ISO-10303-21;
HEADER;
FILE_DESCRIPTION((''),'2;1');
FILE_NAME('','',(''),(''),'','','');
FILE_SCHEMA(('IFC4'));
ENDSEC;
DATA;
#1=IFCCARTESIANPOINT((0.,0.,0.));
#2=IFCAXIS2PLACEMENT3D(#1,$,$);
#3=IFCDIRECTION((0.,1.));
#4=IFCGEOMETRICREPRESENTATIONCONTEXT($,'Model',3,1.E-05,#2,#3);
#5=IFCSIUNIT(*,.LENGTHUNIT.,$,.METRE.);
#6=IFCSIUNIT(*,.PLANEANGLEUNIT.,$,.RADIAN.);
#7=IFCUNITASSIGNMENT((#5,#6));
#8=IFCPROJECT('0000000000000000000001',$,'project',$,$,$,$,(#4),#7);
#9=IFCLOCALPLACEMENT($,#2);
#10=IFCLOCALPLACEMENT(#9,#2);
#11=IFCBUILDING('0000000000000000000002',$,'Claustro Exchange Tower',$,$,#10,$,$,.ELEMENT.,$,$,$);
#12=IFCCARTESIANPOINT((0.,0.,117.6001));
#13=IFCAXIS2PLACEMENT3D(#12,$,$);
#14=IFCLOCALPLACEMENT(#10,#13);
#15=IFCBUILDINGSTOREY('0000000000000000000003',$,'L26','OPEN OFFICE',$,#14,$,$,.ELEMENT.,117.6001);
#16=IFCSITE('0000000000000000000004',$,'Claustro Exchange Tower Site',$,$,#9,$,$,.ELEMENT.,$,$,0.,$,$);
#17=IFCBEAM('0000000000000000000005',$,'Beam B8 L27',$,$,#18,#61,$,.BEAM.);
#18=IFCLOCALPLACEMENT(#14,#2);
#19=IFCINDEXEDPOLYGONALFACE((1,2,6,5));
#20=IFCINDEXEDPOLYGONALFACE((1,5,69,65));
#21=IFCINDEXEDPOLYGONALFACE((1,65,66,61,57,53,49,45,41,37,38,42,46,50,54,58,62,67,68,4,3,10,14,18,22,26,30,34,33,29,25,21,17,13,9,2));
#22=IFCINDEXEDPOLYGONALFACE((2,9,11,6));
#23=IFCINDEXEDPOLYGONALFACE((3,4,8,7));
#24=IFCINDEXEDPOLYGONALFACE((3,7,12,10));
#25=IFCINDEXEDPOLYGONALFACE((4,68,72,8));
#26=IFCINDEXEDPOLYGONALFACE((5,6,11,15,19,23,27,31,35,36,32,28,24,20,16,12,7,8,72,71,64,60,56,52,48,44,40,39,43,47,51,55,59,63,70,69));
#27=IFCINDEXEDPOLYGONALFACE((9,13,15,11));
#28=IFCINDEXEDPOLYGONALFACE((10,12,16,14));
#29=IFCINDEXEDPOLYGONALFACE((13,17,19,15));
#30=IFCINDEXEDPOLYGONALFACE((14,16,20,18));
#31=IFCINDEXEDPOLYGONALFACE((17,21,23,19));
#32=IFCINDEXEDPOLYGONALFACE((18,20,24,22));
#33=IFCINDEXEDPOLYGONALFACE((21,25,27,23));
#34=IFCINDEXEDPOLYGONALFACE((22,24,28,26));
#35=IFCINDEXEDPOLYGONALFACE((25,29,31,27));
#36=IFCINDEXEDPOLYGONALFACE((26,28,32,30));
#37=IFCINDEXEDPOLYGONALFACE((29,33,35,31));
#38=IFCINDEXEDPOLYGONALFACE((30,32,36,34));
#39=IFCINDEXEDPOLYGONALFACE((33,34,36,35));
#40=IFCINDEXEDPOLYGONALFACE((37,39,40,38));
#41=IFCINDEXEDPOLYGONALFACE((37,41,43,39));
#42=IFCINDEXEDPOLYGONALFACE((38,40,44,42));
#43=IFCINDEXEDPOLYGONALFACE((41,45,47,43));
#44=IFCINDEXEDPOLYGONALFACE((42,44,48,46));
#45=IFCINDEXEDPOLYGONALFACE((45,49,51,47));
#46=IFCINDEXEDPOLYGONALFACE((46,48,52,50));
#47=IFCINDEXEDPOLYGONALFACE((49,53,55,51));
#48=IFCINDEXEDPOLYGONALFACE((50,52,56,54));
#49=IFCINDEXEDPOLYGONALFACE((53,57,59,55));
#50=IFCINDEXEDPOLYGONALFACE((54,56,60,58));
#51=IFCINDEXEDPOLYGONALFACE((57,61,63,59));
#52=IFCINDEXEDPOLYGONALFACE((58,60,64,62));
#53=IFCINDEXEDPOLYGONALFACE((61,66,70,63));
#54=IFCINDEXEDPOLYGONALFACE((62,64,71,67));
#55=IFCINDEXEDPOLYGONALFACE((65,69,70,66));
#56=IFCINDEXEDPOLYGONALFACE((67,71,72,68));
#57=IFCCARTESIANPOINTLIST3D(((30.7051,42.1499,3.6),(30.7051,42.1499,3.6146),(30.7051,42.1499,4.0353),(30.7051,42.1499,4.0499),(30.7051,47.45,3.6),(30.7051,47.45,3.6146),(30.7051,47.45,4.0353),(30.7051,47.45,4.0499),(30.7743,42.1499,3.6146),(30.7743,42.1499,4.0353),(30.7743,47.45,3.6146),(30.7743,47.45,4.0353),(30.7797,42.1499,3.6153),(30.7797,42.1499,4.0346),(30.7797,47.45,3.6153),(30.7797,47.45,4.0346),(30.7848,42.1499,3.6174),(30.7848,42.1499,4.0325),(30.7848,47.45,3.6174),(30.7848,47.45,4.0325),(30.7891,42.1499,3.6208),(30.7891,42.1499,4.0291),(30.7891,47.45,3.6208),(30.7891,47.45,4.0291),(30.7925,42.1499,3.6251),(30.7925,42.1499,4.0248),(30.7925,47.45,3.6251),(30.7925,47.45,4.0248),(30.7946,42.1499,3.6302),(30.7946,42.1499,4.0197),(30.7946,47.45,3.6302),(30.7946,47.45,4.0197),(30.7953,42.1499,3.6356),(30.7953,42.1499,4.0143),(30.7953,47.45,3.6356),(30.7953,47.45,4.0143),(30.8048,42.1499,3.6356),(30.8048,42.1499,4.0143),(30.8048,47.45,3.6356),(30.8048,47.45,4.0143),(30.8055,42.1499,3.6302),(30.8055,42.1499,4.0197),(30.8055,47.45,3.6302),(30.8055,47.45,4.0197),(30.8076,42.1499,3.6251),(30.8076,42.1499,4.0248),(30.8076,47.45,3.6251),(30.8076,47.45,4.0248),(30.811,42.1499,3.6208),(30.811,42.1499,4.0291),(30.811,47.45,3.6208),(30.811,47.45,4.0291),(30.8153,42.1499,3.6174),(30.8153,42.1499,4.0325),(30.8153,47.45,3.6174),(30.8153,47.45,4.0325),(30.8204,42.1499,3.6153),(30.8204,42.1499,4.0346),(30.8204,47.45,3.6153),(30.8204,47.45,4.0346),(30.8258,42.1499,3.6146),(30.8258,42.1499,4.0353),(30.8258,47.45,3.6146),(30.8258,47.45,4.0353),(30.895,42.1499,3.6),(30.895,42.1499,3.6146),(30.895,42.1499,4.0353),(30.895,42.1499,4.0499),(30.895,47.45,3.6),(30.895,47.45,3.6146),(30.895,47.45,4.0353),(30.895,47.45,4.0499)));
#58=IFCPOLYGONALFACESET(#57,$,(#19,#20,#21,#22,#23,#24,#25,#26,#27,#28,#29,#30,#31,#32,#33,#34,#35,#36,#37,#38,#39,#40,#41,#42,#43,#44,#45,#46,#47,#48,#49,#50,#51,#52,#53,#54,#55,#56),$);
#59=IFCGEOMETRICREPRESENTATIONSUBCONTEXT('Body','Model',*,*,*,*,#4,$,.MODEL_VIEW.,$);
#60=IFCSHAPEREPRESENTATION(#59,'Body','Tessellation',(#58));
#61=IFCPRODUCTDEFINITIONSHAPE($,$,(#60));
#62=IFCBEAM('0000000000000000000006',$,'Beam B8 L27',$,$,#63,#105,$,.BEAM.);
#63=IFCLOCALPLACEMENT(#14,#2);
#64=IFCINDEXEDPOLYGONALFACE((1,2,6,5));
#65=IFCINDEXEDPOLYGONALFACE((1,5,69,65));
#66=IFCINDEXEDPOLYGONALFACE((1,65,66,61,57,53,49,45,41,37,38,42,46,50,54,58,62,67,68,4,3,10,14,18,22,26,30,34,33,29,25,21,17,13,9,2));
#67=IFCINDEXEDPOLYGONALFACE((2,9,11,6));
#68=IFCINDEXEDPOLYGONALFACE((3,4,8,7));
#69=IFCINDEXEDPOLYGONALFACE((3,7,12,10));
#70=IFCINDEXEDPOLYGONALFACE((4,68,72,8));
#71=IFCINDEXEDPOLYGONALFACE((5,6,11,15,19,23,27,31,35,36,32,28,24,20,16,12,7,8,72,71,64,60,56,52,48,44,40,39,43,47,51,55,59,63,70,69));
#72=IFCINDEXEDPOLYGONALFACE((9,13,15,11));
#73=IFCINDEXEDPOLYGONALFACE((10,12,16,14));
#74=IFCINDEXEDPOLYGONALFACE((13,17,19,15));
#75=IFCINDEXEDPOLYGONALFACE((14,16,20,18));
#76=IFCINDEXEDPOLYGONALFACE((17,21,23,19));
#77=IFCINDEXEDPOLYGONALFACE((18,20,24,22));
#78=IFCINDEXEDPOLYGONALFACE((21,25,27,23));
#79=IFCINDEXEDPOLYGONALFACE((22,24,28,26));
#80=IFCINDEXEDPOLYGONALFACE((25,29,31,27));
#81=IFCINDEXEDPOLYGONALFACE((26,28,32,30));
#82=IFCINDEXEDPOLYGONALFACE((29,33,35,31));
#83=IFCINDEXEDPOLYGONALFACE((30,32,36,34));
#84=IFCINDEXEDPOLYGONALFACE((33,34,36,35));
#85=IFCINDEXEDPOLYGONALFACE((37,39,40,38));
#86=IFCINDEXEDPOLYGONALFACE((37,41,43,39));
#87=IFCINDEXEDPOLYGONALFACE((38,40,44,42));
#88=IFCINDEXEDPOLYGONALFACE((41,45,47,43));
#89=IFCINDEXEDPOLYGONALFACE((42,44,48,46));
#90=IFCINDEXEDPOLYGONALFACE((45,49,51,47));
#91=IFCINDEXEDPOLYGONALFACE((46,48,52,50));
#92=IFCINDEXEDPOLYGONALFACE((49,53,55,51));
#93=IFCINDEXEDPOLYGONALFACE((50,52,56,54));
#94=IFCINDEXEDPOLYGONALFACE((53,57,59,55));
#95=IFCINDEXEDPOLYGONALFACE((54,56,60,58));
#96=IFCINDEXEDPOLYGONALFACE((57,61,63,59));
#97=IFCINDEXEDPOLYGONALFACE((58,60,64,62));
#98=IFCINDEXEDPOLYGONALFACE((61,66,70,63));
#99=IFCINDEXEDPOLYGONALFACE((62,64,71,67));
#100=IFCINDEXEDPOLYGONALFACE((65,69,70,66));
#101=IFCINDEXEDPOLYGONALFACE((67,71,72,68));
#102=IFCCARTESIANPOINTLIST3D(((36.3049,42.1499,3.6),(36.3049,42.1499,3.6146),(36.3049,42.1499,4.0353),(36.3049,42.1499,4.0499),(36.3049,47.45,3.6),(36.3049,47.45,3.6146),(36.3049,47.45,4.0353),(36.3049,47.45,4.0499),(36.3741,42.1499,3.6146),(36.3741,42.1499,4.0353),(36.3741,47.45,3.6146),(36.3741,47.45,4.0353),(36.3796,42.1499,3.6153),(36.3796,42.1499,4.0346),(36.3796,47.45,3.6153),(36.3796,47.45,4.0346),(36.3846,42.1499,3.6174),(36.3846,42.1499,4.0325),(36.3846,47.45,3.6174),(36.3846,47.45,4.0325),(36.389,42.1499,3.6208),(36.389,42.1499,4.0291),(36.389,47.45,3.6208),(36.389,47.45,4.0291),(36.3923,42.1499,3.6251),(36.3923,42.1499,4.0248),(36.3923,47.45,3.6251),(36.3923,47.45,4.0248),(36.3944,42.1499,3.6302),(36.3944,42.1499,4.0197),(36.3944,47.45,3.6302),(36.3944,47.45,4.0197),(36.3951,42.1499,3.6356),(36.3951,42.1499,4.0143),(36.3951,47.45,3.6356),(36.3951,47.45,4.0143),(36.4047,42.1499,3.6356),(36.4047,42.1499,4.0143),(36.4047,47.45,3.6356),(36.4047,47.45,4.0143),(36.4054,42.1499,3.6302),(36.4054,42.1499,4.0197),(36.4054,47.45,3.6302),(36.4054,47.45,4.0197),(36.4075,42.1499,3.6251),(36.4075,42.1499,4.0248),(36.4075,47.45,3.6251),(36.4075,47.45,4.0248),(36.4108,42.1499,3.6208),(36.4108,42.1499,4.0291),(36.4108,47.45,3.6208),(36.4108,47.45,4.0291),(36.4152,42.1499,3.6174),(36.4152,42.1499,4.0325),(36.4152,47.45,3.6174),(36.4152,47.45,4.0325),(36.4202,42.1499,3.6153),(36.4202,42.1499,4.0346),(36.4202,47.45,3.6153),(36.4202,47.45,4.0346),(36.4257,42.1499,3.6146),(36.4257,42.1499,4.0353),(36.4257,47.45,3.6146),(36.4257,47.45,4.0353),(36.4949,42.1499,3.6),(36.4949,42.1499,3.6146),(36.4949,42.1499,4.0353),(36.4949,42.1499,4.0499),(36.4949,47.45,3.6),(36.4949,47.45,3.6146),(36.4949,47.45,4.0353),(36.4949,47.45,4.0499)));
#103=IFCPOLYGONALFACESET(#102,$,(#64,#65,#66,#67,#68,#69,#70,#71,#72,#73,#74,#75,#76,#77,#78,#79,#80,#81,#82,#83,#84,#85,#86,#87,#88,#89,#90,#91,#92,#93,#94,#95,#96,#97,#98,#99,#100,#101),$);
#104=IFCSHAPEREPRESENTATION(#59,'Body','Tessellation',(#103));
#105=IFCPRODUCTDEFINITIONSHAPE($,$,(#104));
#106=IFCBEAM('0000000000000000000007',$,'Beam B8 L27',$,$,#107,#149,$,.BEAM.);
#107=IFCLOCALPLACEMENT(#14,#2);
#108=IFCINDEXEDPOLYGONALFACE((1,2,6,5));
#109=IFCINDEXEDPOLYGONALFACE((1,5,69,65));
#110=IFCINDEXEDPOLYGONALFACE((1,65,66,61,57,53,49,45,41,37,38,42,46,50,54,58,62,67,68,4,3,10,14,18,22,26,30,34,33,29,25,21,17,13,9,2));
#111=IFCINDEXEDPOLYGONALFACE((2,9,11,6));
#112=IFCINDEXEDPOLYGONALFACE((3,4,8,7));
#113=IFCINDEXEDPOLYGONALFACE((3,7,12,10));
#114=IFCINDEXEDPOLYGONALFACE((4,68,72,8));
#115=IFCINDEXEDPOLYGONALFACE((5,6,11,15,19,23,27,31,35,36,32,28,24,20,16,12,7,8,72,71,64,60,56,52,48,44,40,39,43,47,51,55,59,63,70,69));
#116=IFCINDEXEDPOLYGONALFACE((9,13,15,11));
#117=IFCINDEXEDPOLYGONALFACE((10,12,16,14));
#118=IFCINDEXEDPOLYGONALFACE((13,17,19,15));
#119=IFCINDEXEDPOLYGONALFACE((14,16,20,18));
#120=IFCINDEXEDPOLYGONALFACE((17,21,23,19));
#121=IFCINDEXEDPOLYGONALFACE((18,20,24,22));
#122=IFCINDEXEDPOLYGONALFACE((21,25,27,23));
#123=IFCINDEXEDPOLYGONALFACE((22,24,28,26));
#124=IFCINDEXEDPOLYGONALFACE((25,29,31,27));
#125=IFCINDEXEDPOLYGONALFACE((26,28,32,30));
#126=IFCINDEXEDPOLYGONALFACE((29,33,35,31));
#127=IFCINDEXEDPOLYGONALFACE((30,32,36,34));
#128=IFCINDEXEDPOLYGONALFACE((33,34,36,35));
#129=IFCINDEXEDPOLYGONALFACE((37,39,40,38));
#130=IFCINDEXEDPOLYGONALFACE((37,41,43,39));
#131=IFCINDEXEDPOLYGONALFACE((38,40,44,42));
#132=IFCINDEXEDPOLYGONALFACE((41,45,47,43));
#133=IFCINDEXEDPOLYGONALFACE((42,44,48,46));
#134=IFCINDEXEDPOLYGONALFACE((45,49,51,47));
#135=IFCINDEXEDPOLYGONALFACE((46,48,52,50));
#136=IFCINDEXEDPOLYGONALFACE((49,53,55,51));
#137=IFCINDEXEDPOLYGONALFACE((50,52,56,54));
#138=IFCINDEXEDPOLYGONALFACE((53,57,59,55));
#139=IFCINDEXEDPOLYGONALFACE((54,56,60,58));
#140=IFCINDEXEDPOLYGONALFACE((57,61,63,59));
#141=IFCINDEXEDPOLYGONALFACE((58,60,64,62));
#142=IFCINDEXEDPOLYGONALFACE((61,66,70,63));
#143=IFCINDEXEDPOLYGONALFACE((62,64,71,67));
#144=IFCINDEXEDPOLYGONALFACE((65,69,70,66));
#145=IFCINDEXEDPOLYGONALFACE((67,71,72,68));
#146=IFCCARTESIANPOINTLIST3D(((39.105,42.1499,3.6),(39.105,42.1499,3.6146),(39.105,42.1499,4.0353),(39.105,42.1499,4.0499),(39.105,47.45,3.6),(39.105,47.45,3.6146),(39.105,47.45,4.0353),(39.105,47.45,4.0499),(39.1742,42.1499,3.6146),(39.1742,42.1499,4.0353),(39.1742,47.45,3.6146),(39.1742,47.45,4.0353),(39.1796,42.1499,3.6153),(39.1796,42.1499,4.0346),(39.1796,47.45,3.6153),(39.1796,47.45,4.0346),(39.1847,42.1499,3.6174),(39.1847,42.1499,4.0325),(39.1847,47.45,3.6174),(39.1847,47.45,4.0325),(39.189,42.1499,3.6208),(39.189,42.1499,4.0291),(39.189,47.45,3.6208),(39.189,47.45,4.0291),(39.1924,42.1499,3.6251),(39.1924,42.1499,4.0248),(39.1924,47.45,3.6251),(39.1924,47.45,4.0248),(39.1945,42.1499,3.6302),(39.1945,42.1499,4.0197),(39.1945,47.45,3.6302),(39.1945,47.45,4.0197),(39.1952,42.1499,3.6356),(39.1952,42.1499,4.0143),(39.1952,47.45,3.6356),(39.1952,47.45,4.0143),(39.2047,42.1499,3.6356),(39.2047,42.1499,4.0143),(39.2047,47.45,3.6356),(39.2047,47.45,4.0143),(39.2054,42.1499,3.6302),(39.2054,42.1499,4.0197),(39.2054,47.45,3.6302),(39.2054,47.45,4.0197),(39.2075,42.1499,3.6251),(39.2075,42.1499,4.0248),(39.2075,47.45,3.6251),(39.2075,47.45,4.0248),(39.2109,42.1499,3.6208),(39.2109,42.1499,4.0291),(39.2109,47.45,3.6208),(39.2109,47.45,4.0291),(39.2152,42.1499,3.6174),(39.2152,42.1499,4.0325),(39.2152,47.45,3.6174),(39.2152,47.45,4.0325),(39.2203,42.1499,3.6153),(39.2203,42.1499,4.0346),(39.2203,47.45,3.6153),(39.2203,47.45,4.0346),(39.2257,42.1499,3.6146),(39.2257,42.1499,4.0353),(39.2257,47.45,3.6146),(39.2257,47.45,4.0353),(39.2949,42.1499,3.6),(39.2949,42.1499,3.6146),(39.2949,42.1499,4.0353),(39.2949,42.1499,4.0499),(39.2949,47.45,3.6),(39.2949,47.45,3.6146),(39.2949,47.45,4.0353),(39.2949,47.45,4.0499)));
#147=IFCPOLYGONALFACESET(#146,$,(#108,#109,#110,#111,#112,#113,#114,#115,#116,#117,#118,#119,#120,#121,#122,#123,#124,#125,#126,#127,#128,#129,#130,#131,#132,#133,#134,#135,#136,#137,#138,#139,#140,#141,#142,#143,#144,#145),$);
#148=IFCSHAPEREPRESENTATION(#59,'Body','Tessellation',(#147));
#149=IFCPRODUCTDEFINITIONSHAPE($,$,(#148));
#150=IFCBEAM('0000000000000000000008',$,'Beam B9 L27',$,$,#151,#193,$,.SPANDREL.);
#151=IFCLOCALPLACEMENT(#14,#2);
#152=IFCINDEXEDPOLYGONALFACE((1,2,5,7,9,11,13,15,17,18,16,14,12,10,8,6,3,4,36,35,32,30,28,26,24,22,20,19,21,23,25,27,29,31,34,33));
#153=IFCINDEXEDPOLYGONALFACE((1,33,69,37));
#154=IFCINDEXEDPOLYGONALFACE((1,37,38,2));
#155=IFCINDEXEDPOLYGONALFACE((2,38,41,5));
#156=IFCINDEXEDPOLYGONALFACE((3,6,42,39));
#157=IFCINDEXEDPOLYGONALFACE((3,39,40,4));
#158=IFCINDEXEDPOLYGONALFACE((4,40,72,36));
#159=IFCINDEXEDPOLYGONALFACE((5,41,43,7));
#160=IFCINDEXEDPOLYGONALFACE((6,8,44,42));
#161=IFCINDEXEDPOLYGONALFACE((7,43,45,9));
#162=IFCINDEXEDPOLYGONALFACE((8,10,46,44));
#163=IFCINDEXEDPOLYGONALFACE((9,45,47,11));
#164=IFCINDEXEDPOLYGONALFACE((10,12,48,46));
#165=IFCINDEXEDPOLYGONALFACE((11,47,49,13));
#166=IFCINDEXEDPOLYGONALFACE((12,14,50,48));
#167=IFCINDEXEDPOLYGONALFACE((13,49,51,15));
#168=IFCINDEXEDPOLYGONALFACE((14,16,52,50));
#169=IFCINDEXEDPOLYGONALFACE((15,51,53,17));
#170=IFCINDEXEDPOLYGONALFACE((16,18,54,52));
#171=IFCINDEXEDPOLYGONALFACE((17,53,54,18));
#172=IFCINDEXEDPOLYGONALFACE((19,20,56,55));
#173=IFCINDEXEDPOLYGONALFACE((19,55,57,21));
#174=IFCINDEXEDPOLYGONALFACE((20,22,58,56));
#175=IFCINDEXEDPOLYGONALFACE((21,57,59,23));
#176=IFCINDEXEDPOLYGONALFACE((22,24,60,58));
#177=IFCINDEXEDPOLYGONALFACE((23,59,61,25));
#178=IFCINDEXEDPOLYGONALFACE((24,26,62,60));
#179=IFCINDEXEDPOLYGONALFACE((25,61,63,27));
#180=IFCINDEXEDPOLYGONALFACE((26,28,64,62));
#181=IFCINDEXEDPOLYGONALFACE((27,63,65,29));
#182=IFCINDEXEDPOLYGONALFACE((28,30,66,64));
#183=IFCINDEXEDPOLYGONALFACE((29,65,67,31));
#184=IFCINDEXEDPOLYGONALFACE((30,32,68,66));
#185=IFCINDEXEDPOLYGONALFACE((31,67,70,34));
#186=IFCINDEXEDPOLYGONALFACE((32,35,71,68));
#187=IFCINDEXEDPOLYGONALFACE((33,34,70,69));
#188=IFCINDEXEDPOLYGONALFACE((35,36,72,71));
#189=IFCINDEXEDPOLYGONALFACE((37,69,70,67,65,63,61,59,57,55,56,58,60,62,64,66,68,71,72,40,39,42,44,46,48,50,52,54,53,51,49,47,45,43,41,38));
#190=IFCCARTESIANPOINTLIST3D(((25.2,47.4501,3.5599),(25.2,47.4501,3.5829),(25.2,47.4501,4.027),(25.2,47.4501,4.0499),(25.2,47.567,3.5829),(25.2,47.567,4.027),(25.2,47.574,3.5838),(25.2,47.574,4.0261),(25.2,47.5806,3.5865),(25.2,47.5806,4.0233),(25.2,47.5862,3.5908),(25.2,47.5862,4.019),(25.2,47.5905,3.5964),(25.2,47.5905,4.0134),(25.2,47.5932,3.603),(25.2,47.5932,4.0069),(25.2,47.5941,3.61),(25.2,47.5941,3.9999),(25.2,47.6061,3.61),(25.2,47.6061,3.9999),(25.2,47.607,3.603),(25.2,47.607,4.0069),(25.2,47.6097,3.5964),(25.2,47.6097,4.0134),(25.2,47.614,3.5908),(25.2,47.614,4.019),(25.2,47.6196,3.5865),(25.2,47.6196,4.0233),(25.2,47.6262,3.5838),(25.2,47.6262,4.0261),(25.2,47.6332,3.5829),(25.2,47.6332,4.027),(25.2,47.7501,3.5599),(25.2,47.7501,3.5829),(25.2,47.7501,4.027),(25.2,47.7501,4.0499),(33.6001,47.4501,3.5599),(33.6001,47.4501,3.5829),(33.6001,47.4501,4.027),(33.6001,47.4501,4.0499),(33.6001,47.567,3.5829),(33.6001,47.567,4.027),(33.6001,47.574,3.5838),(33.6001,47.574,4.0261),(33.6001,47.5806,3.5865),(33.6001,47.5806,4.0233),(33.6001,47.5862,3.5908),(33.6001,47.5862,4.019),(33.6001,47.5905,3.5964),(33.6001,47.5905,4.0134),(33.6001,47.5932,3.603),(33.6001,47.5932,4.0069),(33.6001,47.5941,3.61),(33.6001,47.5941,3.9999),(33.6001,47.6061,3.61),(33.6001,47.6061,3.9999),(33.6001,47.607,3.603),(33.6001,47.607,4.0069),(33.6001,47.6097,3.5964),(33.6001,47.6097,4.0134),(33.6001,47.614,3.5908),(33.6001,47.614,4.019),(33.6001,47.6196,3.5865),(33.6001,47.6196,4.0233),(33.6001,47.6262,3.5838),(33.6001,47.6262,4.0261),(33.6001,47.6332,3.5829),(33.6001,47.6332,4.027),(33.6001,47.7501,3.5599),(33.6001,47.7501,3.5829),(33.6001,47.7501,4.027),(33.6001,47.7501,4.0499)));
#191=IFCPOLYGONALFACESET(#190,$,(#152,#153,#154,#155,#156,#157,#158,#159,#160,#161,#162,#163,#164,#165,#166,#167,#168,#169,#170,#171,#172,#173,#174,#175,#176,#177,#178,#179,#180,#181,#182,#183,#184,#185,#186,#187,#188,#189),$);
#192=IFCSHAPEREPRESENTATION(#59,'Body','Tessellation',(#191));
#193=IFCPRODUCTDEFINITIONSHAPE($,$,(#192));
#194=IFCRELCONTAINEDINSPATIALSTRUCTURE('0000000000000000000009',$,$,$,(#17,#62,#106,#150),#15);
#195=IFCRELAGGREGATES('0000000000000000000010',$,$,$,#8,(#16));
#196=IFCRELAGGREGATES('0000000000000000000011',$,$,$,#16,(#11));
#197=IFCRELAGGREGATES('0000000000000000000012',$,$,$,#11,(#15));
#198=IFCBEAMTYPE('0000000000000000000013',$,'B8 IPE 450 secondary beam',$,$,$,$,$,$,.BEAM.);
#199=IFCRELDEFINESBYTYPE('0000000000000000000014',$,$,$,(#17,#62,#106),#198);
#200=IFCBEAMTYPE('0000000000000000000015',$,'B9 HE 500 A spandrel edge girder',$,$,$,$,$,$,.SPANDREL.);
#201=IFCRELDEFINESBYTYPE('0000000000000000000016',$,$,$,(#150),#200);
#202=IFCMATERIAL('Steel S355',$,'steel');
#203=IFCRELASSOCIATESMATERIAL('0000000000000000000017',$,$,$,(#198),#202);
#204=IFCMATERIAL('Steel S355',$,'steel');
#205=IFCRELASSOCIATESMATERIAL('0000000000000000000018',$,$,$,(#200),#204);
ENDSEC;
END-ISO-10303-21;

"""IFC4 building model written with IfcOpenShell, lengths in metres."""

from ifc_helpers import new_model, si_unit, direction, frame, origin, origin_2d, place, context, subcontext, project, spatial, i_section, extrude, material, material_profile, profile_set, type_object, element, save


model = new_model("IFC4")

# Units and contexts
model_context = context("Model", 3, precision=1e-05, world=origin(), true_north=direction((0.0, 1.0)))
body_context = subcontext(model_context, "Body", "Model", "MODEL_VIEW")
ifc_project = project(units=[si_unit("LENGTHUNIT", "METRE"), si_unit("PLANEANGLEUNIT", "RADIAN")], contexts=[model_context])

# Site, building, storey
site_placement = place(None, origin())
site = spatial("IfcSite", under=ifc_project, at=site_placement, Name="Claustro Exchange Tower Site", CompositionType="ELEMENT", RefElevation=0.0)
building_placement = place(site_placement, origin())
building = spatial("IfcBuilding", under=site, at=building_placement, Name="Claustro Exchange Tower", CompositionType="ELEMENT")
storey_placement = place(building_placement, frame((0.0, 0.0, 117.6001)))
storey = spatial("IfcBuildingStorey", under=building, at=storey_placement, Name="L26", Description="OPEN OFFICE", CompositionType="ELEMENT", Elevation=117.6001)

# Beams
ifc_material_1 = material(Name="Steel S355", Category="steel")
ifc_material_profile_1 = material_profile(ifc_material_1, i_section(OverallWidth=0.1899, OverallDepth=0.45, WebThickness=0.0095, FlangeThickness=0.0146, FilletRadius=0.021, at=origin_2d()), Name="IPE 450")
ifc_profile_set_1 = profile_set([ifc_material_profile_1], Name="Steel S355")
beam_type_1 = type_object("IfcBeamType", Name="B8 IPE 450 secondary beam", PredefinedType="BEAM", material=ifc_profile_set_1)
for number, where, z_axis, x_axis, name in (
    (1, (30.8, 42.1499, 3.825), (0.0, 1.0, 0.0), (-1.0, 0.0, 0.0), "Beam B8 L27"),
    (2, (36.3999, 42.1499, 3.825), (0.0, 1.0, 0.0), (-1.0, 0.0, 0.0), "Beam B8 L27"),
    (3, (39.2, 42.1499, 3.825), (0.0, 1.0, 0.0), (-1.0, 0.0, 0.0), "Beam B8 L27"),
):
    element("IfcBeam", number, at=place(storey_placement, frame(where, z_axis=z_axis, x_axis=x_axis)), inside=storey, type_object=beam_type_1, Name=name, PredefinedType="BEAM", context=body_context, shape_type="SweptSolid", body=[
        extrude(i_section(OverallWidth=0.1899, OverallDepth=0.45, WebThickness=0.0095, FlangeThickness=0.0146, FilletRadius=0.021, at=origin_2d()), origin(), (0.0, 0.0, 1.0), 5.3),
    ])
ifc_material_2 = material(Name="Steel S355", Category="steel")
ifc_material_profile_2 = material_profile(ifc_material_2, i_section(OverallWidth=0.3, OverallDepth=0.49, WebThickness=0.012, FlangeThickness=0.0229, FilletRadius=0.0271, at=origin_2d()), Name="HE 500 A")
ifc_profile_set_2 = profile_set([ifc_material_profile_2], Name="Steel S355")
beam_type_2 = type_object("IfcBeamType", Name="B9 HE 500 A spandrel edge girder", PredefinedType="SPANDREL", material=ifc_profile_set_2)
beam_1_placement = place(storey_placement, frame((25.2, 47.6001, 3.8049), z_axis=(1.0, 0.0, 0.0), x_axis=(0.0, 1.0, 0.0)))
element("IfcBeam", 4, at=beam_1_placement, inside=storey, type_object=beam_type_2, Name="Beam B9 L27", PredefinedType="SPANDREL", context=body_context, shape_type="SweptSolid", body=[
    extrude(i_section(OverallWidth=0.3, OverallDepth=0.49, WebThickness=0.012, FlangeThickness=0.0229, FilletRadius=0.0271, at=origin_2d()), origin(), (0.0, 0.0, 1.0), 8.4001),
])

save(model, "model.ifc")
